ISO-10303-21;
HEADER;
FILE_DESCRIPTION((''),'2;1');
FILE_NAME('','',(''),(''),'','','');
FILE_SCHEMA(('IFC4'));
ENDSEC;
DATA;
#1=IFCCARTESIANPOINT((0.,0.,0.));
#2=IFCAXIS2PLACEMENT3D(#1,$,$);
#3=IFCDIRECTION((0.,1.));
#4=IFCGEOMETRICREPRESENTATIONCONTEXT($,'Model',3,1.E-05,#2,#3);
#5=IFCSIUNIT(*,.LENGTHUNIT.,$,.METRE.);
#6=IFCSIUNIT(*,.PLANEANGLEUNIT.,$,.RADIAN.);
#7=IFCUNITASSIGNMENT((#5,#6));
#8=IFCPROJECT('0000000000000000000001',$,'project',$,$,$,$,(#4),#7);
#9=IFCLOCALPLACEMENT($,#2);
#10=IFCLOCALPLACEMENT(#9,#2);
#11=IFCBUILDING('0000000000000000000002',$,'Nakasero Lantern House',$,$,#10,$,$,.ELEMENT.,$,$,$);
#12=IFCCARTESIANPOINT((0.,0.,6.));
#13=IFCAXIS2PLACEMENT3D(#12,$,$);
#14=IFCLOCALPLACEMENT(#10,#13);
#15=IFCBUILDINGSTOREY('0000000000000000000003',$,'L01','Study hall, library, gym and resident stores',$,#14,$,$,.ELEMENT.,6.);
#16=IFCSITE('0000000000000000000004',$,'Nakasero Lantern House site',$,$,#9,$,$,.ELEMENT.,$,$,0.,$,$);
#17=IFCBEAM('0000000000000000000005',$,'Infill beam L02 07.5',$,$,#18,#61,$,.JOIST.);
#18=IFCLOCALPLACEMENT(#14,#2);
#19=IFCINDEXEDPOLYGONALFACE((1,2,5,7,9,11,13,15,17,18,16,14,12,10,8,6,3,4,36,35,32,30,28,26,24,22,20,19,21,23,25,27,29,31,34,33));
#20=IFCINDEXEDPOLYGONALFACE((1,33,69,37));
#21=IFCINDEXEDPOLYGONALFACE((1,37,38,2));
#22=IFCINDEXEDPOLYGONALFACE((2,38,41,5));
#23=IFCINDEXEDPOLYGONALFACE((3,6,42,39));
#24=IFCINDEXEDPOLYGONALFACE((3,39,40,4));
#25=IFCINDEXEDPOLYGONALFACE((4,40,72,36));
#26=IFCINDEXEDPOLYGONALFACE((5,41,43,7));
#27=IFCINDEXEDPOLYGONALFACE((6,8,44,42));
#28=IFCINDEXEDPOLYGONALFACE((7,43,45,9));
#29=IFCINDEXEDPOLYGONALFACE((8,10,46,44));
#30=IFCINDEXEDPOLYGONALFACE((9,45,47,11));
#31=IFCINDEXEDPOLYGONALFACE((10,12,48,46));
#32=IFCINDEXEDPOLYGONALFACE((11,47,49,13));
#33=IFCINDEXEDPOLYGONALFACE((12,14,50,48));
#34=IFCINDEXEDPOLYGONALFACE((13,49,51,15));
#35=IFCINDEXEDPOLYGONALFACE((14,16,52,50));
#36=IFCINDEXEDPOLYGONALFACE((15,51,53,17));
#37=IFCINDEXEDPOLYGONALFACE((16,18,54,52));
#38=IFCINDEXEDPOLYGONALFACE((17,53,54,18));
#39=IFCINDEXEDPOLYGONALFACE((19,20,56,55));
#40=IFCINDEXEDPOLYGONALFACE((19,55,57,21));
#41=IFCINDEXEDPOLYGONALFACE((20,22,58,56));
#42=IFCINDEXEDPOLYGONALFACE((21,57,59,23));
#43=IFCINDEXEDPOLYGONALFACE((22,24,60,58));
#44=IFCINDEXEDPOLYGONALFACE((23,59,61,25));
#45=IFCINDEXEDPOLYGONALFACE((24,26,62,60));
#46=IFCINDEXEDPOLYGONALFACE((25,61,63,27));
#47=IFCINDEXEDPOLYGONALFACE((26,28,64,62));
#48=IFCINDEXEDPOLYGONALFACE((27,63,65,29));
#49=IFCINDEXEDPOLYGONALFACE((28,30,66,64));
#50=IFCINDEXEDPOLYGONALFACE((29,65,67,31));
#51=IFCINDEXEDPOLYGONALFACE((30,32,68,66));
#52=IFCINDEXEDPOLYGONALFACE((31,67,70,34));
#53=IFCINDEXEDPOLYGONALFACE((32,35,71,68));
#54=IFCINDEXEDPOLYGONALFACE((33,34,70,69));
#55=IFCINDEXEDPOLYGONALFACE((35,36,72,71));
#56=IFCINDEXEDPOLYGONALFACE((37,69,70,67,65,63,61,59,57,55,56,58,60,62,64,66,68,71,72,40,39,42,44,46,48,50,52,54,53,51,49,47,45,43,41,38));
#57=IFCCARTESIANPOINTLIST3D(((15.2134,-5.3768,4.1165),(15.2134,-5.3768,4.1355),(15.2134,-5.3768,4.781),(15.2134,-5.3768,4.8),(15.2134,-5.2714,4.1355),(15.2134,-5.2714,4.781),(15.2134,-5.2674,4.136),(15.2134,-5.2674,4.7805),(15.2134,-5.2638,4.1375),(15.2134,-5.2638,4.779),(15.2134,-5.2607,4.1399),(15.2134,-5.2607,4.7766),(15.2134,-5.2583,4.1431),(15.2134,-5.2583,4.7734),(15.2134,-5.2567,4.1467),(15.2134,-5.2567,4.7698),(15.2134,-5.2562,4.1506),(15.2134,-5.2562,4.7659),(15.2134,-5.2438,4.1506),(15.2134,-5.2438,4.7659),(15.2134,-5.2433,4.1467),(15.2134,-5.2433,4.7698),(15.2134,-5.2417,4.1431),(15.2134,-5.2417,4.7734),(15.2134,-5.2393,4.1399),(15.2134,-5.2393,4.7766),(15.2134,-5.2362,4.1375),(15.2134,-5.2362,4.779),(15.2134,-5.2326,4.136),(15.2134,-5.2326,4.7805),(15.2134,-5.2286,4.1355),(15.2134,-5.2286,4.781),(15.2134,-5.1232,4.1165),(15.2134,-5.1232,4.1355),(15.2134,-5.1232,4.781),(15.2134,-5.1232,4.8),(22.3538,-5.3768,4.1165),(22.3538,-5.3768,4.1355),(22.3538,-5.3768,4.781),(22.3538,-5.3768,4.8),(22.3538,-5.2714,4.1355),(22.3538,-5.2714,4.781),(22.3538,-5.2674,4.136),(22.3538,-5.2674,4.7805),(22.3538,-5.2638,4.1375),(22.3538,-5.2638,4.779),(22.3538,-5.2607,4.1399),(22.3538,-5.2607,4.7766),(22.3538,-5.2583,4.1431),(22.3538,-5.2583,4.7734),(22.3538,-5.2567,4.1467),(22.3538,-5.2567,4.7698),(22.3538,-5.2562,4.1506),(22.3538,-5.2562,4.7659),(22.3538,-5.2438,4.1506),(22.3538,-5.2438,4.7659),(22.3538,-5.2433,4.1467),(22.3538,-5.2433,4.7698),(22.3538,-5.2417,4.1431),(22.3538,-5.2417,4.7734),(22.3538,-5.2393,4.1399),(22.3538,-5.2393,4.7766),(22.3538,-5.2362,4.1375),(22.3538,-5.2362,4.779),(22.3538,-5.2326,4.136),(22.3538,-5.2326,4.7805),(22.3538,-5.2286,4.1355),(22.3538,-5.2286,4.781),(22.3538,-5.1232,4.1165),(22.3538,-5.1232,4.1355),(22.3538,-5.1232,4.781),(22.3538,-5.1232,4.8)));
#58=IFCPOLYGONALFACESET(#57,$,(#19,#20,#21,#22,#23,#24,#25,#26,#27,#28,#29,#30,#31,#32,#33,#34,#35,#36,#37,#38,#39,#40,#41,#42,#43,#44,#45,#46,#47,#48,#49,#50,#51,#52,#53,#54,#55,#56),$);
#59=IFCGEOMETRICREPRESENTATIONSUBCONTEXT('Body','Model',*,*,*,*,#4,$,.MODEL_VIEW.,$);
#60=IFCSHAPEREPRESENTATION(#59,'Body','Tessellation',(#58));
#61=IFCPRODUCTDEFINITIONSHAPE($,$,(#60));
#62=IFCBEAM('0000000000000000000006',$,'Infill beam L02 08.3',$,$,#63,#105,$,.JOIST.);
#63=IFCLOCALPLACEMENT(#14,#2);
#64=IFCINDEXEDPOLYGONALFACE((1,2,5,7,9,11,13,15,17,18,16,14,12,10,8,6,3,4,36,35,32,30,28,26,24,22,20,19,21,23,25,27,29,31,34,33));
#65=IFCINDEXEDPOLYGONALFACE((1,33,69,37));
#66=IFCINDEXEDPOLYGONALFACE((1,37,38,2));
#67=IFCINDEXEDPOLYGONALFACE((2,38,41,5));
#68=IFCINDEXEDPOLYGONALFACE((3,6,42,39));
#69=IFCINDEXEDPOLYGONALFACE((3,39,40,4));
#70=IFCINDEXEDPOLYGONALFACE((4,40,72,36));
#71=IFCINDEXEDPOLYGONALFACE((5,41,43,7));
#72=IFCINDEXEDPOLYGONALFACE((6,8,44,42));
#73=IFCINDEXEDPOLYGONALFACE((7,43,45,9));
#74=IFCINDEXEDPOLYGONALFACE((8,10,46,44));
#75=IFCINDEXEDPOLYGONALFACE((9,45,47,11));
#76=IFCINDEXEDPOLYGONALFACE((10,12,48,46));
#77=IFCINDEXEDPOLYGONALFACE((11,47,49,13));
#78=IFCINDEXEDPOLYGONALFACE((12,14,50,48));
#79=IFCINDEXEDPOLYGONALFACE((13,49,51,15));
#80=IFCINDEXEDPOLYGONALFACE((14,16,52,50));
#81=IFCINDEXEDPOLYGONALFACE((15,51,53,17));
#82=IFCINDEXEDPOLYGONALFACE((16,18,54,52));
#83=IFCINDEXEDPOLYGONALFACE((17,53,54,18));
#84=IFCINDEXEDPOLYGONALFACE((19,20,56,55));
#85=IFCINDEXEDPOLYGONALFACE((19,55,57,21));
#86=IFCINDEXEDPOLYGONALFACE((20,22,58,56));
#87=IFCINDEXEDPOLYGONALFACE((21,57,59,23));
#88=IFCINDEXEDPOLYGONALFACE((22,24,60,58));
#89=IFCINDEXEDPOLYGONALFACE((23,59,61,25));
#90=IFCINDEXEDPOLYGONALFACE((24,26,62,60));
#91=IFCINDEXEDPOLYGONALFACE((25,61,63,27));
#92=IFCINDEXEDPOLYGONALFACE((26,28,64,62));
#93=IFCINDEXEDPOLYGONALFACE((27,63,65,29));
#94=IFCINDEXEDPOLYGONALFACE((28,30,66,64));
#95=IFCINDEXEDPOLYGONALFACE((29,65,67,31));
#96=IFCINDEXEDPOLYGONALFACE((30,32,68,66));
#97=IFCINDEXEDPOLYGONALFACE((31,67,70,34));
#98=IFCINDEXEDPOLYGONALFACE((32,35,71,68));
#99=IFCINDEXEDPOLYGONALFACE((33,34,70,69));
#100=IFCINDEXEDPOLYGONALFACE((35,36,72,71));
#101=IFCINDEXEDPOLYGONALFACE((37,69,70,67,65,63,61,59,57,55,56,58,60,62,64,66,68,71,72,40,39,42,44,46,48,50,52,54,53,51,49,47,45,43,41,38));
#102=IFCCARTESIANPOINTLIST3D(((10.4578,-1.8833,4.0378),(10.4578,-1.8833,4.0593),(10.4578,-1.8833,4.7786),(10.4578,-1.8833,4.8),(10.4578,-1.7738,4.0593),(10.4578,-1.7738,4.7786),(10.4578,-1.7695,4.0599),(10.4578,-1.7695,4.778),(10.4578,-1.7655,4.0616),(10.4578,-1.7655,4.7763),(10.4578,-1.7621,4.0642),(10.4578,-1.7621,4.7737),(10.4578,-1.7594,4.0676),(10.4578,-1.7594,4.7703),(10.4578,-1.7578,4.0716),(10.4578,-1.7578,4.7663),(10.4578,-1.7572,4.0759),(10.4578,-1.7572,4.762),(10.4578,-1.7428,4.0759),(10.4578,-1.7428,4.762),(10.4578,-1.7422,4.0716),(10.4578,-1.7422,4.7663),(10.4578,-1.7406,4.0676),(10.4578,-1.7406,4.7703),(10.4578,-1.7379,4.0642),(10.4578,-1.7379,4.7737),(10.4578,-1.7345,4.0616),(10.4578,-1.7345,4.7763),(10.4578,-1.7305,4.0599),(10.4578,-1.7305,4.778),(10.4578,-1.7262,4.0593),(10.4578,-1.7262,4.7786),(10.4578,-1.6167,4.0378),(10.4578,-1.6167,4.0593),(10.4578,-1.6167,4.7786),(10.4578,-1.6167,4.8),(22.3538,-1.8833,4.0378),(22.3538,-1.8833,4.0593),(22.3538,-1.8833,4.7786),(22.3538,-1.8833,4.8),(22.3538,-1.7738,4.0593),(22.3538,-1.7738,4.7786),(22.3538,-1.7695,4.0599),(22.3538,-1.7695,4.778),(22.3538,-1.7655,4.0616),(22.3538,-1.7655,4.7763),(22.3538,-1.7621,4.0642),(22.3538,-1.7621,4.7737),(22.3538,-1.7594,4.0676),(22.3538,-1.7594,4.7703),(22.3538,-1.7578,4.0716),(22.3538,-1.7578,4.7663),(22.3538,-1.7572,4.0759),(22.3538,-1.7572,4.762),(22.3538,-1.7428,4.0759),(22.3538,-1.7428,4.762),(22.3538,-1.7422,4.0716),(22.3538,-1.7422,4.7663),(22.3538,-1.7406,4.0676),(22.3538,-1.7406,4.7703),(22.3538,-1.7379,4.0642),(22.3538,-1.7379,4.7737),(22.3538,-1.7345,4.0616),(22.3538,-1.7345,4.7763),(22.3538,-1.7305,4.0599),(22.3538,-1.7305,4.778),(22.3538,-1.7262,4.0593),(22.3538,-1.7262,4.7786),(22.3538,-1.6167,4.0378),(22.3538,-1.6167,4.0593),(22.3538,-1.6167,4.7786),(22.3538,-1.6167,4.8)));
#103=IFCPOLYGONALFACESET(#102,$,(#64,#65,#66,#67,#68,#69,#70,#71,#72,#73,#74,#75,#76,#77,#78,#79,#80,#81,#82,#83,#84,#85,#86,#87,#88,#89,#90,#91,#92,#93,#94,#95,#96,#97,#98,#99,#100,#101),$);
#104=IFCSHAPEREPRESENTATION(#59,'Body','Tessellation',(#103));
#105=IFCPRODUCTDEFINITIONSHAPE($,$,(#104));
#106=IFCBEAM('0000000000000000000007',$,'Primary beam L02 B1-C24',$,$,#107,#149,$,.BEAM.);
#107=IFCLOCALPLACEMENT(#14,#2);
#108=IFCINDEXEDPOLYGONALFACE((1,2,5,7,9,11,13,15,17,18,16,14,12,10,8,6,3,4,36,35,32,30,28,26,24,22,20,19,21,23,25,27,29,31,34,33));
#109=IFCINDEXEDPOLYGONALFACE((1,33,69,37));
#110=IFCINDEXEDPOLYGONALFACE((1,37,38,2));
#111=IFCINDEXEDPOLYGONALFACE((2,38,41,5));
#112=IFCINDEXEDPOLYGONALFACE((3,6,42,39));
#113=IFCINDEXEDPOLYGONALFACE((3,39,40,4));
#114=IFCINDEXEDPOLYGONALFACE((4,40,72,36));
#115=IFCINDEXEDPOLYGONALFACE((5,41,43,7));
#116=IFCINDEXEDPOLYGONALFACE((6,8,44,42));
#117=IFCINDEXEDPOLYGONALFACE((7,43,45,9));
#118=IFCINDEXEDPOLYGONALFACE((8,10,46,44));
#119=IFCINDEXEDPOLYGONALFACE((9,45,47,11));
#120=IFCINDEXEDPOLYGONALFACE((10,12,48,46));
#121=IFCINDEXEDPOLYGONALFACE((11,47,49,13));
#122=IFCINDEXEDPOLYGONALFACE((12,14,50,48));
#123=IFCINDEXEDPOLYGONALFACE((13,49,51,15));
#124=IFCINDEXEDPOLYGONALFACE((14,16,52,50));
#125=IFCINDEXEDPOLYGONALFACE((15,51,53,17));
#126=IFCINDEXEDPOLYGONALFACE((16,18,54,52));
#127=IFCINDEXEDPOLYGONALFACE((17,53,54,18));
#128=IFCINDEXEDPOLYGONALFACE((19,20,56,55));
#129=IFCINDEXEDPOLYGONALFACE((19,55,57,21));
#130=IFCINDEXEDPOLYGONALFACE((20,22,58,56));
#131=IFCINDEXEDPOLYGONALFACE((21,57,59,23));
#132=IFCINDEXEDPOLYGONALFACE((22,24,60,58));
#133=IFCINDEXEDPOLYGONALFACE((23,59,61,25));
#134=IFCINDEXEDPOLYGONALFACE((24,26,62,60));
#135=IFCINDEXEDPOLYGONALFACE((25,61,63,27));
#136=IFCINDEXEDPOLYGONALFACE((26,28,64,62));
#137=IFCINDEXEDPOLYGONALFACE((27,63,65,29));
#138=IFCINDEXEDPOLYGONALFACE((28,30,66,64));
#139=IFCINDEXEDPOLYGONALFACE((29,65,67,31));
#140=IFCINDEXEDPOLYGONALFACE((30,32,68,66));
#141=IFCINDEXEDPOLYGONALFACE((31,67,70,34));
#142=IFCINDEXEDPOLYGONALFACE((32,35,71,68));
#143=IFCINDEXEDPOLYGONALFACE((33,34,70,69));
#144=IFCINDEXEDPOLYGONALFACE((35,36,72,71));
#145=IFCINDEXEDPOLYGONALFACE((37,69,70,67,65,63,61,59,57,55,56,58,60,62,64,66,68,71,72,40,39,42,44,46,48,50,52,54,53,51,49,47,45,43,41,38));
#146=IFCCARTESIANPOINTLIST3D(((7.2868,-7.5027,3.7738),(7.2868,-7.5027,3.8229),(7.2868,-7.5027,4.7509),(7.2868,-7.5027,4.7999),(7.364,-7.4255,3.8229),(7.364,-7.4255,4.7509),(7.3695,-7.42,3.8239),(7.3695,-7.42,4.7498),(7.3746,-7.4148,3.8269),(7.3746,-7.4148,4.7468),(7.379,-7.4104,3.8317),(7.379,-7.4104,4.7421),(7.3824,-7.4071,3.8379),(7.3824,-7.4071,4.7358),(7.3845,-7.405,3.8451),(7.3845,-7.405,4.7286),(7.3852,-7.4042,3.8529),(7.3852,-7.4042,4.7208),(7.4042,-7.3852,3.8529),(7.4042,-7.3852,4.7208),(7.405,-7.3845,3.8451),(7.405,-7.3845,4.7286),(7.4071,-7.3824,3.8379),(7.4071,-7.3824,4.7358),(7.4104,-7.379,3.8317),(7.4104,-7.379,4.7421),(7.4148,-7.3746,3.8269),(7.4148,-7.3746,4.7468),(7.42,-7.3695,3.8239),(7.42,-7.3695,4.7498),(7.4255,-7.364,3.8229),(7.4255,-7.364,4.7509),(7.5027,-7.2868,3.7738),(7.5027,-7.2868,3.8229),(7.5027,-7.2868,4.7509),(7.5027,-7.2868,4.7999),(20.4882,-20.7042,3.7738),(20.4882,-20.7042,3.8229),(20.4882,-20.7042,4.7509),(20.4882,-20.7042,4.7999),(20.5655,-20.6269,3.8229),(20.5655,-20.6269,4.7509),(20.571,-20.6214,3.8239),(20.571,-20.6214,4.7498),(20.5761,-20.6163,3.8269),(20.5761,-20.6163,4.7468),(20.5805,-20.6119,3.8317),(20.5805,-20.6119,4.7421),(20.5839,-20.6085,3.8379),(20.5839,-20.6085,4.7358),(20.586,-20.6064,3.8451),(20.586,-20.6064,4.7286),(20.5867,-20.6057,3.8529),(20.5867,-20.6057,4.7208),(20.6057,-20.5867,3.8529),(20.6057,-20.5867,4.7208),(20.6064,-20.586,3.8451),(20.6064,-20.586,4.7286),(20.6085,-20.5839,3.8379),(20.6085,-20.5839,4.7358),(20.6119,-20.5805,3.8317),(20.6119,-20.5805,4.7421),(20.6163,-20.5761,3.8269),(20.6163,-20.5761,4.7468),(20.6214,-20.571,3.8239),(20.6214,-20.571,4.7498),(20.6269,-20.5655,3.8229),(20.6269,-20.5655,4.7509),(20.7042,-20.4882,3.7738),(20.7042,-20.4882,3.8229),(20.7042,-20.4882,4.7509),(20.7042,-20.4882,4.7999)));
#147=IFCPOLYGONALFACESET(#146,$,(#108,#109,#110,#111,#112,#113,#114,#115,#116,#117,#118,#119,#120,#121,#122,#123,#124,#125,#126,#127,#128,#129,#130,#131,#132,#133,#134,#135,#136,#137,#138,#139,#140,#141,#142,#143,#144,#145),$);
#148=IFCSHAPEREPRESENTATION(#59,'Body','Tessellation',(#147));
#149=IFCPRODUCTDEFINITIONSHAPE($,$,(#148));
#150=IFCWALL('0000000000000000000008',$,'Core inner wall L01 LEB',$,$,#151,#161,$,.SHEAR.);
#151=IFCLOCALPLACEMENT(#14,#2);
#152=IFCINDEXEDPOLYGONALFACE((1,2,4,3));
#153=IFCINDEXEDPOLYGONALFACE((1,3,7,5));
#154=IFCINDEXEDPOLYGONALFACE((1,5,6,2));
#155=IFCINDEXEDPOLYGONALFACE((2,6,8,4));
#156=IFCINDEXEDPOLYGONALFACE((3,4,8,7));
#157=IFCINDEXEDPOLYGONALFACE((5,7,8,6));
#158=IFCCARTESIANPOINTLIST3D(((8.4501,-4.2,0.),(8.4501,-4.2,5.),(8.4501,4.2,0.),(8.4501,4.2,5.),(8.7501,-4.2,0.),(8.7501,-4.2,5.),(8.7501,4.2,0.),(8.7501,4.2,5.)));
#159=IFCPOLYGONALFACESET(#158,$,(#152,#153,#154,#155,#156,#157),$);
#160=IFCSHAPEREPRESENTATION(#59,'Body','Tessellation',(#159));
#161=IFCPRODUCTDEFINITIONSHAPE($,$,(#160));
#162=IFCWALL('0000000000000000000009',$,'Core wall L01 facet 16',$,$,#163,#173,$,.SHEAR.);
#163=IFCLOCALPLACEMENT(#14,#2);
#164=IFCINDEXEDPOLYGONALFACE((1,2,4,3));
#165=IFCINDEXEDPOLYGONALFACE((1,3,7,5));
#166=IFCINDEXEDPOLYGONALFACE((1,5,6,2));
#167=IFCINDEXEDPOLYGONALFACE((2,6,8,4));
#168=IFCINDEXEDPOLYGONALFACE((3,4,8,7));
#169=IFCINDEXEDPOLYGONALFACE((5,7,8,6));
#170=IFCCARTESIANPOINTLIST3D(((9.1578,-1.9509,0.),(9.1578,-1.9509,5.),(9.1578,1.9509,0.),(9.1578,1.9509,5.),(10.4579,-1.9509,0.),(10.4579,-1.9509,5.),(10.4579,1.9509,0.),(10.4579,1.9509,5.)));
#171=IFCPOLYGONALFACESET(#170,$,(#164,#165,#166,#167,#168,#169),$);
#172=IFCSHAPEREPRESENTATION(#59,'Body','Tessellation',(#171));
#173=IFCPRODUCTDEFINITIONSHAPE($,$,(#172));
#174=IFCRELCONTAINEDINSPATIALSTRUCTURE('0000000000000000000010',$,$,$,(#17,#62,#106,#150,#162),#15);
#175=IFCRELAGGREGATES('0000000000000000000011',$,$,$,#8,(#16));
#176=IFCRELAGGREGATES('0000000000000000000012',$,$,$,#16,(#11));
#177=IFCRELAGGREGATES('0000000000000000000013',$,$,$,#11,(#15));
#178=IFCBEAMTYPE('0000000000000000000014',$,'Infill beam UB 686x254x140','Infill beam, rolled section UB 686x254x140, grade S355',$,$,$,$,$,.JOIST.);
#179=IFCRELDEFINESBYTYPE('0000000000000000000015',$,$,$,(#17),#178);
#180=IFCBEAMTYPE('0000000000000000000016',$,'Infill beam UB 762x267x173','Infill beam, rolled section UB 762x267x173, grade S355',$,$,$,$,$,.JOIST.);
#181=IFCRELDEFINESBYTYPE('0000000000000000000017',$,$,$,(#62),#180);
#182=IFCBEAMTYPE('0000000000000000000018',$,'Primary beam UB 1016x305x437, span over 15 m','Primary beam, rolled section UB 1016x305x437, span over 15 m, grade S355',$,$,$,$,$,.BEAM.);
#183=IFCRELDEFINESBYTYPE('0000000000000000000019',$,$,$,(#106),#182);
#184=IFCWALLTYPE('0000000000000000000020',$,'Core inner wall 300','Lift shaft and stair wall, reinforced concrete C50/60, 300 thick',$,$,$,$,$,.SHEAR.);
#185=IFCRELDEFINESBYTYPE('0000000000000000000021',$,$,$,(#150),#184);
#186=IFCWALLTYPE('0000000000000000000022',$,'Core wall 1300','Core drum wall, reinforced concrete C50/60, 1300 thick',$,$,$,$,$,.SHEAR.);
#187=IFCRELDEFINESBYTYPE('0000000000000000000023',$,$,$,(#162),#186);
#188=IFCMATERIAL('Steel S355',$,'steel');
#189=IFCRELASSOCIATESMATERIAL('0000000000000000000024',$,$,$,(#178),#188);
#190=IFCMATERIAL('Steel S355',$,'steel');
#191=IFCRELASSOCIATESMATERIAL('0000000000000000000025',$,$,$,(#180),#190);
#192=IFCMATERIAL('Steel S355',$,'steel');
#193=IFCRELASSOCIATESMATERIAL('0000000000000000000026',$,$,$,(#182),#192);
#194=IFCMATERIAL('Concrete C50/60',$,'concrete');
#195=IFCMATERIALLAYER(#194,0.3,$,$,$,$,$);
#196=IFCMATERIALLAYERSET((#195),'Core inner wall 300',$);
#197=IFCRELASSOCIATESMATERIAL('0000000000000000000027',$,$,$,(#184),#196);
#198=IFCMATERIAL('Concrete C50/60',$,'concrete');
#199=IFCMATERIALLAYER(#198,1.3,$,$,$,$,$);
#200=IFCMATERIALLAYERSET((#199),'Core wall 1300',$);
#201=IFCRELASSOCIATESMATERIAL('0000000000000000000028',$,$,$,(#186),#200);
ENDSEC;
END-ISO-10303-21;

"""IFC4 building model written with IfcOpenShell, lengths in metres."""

from ifc_helpers import new_model, si_unit, direction, frame, frame_2d, origin, origin_2d, place, context, subcontext, project, spatial, rectangle, i_section, extrude, material, layer, layer_set, material_profile, profile_set, type_object, element, save


model = new_model("IFC4")

# Units and contexts
model_context = context("Model", 3, precision=1e-05, world=origin(), true_north=direction((0.0, 1.0)))
body_context = subcontext(model_context, "Body", "Model", "MODEL_VIEW")
ifc_project = project(units=[si_unit("LENGTHUNIT", "METRE"), si_unit("PLANEANGLEUNIT", "RADIAN")], contexts=[model_context])

# Site, building, storey
site_placement = place(None, origin())
site = spatial("IfcSite", under=ifc_project, at=site_placement, Name="Nakasero Lantern House site", CompositionType="ELEMENT", RefElevation=0.0)
building_placement = place(site_placement, origin())
building = spatial("IfcBuilding", under=site, at=building_placement, Name="Nakasero Lantern House", CompositionType="ELEMENT")
storey_placement = place(building_placement, frame((0.0, 0.0, 6.0)))
storey = spatial("IfcBuildingStorey", under=building, at=storey_placement, Name="L01", Description="Study hall, library, gym and resident stores", CompositionType="ELEMENT", Elevation=6.0)

# Beams
ifc_material_1 = material(Name="Steel S355", Category="steel")
ifc_material_profile_1 = material_profile(ifc_material_1, i_section(OverallWidth=0.2537, OverallDepth=0.6836, WebThickness=0.0125, FlangeThickness=0.019, FilletRadius=0.0151, at=origin_2d()), Name="UB 686x254x140")
ifc_profile_set_1 = profile_set([ifc_material_profile_1], Name="Steel S355")
beam_type_1 = type_object("IfcBeamType", Name="Infill beam UB 686x254x140", Description="Infill beam, rolled section UB 686x254x140, grade S355", PredefinedType="JOIST", material=ifc_profile_set_1)
beam_1_placement = place(storey_placement, frame((15.2134, -5.25, 4.4583), z_axis=(1.0, 0.0, 0.0), x_axis=(0.0, 1.0, 0.0)))
element("IfcBeam", 1, at=beam_1_placement, inside=storey, type_object=beam_type_1, Name="Infill beam L02 07.5", PredefinedType="JOIST", context=body_context, shape_type="SweptSolid", body=[
    extrude(i_section(OverallWidth=0.2537, OverallDepth=0.6836, WebThickness=0.0125, FlangeThickness=0.019, FilletRadius=0.0151, at=origin_2d()), origin(), (0.0, 0.0, 1.0), 7.1404),
])
ifc_material_2 = material(Name="Steel S355", Category="steel")
ifc_material_profile_2 = material_profile(ifc_material_2, i_section(OverallWidth=0.2666, OverallDepth=0.7622, WebThickness=0.0144, FlangeThickness=0.0215, FilletRadius=0.0166, at=origin_2d()), Name="UB 762x267x173")
ifc_profile_set_2 = profile_set([ifc_material_profile_2], Name="Steel S355")
beam_type_2 = type_object("IfcBeamType", Name="Infill beam UB 762x267x173", Description="Infill beam, rolled section UB 762x267x173, grade S355", PredefinedType="JOIST", material=ifc_profile_set_2)
beam_2_placement = place(storey_placement, frame((10.4578, -1.75, 4.4189), z_axis=(1.0, 0.0, 0.0), x_axis=(0.0, 1.0, 0.0)))
element("IfcBeam", 2, at=beam_2_placement, inside=storey, type_object=beam_type_2, Name="Infill beam L02 08.3", PredefinedType="JOIST", context=body_context, shape_type="SweptSolid", body=[
    extrude(i_section(OverallWidth=0.2666, OverallDepth=0.7622, WebThickness=0.0144, FlangeThickness=0.0215, FilletRadius=0.0166, at=origin_2d()), origin(), (0.0, 0.0, 1.0), 11.896),
])
ifc_material_3 = material(Name="Steel S355", Category="steel")
ifc_material_profile_3 = material_profile(ifc_material_3, i_section(OverallWidth=0.3054, OverallDepth=1.0261, WebThickness=0.0269, FlangeThickness=0.0491, FilletRadius=0.03, at=origin_2d()), Name="UB 1016x305x437")
ifc_profile_set_3 = profile_set([ifc_material_profile_3], Name="Steel S355")
beam_type_3 = type_object("IfcBeamType", Name="Primary beam UB 1016x305x437, span over 15 m", Description="Primary beam, rolled section UB 1016x305x437, span over 15 m, grade S355", PredefinedType="BEAM", material=ifc_profile_set_3)
beam_3_placement = place(storey_placement, frame((20.5962, -20.5962, 4.2869), z_axis=(-0.707107, 0.707107, 0.0), x_axis=(-0.707107, -0.707107, 0.0)))
element("IfcBeam", 3, at=beam_3_placement, inside=storey, type_object=beam_type_3, Name="Primary beam L02 B1-C24", PredefinedType="BEAM", context=body_context, shape_type="SweptSolid", body=[
    extrude(i_section(OverallWidth=0.3054, OverallDepth=1.0261, WebThickness=0.0269, FlangeThickness=0.0491, FilletRadius=0.03, at=origin_2d()), origin(), (0.0, 0.0, 1.0), 18.6697),
])

# Walls
ifc_material_4 = material(Name="Concrete C50/60", Category="concrete")
ifc_layer_1 = layer(ifc_material_4, 0.3)
ifc_layer_set_1 = layer_set([ifc_layer_1], Name="Core inner wall 300")
wall_type_1 = type_object("IfcWallType", Name="Core inner wall 300", Description="Lift shaft and stair wall, reinforced concrete C50/60, 300 thick", PredefinedType="SHEAR", material=ifc_layer_set_1)
wall_1_placement = place(storey_placement, frame((8.6001, -4.2, 0.0), z_axis=(0.0, 0.0, 1.0), x_axis=(0.0, 1.0, 0.0)))
element("IfcWall", 4, at=wall_1_placement, inside=storey, type_object=wall_type_1, Name="Core inner wall L01 LEB", PredefinedType="SHEAR", context=body_context, shape_type="SweptSolid", body=[
    extrude(rectangle(XDim=8.3999, YDim=0.3, at=frame_2d((4.2, 0.0))), origin(), (0.0, 0.0, 1.0), 5.0),
])
ifc_material_5 = material(Name="Concrete C50/60", Category="concrete")
ifc_layer_2 = layer(ifc_material_5, 1.3)
ifc_layer_set_2 = layer_set([ifc_layer_2], Name="Core wall 1300")
wall_type_2 = type_object("IfcWallType", Name="Core wall 1300", Description="Core drum wall, reinforced concrete C50/60, 1300 thick", PredefinedType="SHEAR", material=ifc_layer_set_2)
wall_2_placement = place(storey_placement, frame((9.8079, -1.9509, 0.0), z_axis=(0.0, 0.0, 1.0), x_axis=(0.0, 1.0, 0.0)))
element("IfcWall", 5, at=wall_2_placement, inside=storey, type_object=wall_type_2, Name="Core wall L01 facet 16", PredefinedType="SHEAR", context=body_context, shape_type="SweptSolid", body=[
    extrude(rectangle(XDim=3.9019, YDim=1.3, at=frame_2d((1.9509, 0.0))), origin(), (0.0, 0.0, 1.0), 5.0),
])

save(model, "model.ifc")
